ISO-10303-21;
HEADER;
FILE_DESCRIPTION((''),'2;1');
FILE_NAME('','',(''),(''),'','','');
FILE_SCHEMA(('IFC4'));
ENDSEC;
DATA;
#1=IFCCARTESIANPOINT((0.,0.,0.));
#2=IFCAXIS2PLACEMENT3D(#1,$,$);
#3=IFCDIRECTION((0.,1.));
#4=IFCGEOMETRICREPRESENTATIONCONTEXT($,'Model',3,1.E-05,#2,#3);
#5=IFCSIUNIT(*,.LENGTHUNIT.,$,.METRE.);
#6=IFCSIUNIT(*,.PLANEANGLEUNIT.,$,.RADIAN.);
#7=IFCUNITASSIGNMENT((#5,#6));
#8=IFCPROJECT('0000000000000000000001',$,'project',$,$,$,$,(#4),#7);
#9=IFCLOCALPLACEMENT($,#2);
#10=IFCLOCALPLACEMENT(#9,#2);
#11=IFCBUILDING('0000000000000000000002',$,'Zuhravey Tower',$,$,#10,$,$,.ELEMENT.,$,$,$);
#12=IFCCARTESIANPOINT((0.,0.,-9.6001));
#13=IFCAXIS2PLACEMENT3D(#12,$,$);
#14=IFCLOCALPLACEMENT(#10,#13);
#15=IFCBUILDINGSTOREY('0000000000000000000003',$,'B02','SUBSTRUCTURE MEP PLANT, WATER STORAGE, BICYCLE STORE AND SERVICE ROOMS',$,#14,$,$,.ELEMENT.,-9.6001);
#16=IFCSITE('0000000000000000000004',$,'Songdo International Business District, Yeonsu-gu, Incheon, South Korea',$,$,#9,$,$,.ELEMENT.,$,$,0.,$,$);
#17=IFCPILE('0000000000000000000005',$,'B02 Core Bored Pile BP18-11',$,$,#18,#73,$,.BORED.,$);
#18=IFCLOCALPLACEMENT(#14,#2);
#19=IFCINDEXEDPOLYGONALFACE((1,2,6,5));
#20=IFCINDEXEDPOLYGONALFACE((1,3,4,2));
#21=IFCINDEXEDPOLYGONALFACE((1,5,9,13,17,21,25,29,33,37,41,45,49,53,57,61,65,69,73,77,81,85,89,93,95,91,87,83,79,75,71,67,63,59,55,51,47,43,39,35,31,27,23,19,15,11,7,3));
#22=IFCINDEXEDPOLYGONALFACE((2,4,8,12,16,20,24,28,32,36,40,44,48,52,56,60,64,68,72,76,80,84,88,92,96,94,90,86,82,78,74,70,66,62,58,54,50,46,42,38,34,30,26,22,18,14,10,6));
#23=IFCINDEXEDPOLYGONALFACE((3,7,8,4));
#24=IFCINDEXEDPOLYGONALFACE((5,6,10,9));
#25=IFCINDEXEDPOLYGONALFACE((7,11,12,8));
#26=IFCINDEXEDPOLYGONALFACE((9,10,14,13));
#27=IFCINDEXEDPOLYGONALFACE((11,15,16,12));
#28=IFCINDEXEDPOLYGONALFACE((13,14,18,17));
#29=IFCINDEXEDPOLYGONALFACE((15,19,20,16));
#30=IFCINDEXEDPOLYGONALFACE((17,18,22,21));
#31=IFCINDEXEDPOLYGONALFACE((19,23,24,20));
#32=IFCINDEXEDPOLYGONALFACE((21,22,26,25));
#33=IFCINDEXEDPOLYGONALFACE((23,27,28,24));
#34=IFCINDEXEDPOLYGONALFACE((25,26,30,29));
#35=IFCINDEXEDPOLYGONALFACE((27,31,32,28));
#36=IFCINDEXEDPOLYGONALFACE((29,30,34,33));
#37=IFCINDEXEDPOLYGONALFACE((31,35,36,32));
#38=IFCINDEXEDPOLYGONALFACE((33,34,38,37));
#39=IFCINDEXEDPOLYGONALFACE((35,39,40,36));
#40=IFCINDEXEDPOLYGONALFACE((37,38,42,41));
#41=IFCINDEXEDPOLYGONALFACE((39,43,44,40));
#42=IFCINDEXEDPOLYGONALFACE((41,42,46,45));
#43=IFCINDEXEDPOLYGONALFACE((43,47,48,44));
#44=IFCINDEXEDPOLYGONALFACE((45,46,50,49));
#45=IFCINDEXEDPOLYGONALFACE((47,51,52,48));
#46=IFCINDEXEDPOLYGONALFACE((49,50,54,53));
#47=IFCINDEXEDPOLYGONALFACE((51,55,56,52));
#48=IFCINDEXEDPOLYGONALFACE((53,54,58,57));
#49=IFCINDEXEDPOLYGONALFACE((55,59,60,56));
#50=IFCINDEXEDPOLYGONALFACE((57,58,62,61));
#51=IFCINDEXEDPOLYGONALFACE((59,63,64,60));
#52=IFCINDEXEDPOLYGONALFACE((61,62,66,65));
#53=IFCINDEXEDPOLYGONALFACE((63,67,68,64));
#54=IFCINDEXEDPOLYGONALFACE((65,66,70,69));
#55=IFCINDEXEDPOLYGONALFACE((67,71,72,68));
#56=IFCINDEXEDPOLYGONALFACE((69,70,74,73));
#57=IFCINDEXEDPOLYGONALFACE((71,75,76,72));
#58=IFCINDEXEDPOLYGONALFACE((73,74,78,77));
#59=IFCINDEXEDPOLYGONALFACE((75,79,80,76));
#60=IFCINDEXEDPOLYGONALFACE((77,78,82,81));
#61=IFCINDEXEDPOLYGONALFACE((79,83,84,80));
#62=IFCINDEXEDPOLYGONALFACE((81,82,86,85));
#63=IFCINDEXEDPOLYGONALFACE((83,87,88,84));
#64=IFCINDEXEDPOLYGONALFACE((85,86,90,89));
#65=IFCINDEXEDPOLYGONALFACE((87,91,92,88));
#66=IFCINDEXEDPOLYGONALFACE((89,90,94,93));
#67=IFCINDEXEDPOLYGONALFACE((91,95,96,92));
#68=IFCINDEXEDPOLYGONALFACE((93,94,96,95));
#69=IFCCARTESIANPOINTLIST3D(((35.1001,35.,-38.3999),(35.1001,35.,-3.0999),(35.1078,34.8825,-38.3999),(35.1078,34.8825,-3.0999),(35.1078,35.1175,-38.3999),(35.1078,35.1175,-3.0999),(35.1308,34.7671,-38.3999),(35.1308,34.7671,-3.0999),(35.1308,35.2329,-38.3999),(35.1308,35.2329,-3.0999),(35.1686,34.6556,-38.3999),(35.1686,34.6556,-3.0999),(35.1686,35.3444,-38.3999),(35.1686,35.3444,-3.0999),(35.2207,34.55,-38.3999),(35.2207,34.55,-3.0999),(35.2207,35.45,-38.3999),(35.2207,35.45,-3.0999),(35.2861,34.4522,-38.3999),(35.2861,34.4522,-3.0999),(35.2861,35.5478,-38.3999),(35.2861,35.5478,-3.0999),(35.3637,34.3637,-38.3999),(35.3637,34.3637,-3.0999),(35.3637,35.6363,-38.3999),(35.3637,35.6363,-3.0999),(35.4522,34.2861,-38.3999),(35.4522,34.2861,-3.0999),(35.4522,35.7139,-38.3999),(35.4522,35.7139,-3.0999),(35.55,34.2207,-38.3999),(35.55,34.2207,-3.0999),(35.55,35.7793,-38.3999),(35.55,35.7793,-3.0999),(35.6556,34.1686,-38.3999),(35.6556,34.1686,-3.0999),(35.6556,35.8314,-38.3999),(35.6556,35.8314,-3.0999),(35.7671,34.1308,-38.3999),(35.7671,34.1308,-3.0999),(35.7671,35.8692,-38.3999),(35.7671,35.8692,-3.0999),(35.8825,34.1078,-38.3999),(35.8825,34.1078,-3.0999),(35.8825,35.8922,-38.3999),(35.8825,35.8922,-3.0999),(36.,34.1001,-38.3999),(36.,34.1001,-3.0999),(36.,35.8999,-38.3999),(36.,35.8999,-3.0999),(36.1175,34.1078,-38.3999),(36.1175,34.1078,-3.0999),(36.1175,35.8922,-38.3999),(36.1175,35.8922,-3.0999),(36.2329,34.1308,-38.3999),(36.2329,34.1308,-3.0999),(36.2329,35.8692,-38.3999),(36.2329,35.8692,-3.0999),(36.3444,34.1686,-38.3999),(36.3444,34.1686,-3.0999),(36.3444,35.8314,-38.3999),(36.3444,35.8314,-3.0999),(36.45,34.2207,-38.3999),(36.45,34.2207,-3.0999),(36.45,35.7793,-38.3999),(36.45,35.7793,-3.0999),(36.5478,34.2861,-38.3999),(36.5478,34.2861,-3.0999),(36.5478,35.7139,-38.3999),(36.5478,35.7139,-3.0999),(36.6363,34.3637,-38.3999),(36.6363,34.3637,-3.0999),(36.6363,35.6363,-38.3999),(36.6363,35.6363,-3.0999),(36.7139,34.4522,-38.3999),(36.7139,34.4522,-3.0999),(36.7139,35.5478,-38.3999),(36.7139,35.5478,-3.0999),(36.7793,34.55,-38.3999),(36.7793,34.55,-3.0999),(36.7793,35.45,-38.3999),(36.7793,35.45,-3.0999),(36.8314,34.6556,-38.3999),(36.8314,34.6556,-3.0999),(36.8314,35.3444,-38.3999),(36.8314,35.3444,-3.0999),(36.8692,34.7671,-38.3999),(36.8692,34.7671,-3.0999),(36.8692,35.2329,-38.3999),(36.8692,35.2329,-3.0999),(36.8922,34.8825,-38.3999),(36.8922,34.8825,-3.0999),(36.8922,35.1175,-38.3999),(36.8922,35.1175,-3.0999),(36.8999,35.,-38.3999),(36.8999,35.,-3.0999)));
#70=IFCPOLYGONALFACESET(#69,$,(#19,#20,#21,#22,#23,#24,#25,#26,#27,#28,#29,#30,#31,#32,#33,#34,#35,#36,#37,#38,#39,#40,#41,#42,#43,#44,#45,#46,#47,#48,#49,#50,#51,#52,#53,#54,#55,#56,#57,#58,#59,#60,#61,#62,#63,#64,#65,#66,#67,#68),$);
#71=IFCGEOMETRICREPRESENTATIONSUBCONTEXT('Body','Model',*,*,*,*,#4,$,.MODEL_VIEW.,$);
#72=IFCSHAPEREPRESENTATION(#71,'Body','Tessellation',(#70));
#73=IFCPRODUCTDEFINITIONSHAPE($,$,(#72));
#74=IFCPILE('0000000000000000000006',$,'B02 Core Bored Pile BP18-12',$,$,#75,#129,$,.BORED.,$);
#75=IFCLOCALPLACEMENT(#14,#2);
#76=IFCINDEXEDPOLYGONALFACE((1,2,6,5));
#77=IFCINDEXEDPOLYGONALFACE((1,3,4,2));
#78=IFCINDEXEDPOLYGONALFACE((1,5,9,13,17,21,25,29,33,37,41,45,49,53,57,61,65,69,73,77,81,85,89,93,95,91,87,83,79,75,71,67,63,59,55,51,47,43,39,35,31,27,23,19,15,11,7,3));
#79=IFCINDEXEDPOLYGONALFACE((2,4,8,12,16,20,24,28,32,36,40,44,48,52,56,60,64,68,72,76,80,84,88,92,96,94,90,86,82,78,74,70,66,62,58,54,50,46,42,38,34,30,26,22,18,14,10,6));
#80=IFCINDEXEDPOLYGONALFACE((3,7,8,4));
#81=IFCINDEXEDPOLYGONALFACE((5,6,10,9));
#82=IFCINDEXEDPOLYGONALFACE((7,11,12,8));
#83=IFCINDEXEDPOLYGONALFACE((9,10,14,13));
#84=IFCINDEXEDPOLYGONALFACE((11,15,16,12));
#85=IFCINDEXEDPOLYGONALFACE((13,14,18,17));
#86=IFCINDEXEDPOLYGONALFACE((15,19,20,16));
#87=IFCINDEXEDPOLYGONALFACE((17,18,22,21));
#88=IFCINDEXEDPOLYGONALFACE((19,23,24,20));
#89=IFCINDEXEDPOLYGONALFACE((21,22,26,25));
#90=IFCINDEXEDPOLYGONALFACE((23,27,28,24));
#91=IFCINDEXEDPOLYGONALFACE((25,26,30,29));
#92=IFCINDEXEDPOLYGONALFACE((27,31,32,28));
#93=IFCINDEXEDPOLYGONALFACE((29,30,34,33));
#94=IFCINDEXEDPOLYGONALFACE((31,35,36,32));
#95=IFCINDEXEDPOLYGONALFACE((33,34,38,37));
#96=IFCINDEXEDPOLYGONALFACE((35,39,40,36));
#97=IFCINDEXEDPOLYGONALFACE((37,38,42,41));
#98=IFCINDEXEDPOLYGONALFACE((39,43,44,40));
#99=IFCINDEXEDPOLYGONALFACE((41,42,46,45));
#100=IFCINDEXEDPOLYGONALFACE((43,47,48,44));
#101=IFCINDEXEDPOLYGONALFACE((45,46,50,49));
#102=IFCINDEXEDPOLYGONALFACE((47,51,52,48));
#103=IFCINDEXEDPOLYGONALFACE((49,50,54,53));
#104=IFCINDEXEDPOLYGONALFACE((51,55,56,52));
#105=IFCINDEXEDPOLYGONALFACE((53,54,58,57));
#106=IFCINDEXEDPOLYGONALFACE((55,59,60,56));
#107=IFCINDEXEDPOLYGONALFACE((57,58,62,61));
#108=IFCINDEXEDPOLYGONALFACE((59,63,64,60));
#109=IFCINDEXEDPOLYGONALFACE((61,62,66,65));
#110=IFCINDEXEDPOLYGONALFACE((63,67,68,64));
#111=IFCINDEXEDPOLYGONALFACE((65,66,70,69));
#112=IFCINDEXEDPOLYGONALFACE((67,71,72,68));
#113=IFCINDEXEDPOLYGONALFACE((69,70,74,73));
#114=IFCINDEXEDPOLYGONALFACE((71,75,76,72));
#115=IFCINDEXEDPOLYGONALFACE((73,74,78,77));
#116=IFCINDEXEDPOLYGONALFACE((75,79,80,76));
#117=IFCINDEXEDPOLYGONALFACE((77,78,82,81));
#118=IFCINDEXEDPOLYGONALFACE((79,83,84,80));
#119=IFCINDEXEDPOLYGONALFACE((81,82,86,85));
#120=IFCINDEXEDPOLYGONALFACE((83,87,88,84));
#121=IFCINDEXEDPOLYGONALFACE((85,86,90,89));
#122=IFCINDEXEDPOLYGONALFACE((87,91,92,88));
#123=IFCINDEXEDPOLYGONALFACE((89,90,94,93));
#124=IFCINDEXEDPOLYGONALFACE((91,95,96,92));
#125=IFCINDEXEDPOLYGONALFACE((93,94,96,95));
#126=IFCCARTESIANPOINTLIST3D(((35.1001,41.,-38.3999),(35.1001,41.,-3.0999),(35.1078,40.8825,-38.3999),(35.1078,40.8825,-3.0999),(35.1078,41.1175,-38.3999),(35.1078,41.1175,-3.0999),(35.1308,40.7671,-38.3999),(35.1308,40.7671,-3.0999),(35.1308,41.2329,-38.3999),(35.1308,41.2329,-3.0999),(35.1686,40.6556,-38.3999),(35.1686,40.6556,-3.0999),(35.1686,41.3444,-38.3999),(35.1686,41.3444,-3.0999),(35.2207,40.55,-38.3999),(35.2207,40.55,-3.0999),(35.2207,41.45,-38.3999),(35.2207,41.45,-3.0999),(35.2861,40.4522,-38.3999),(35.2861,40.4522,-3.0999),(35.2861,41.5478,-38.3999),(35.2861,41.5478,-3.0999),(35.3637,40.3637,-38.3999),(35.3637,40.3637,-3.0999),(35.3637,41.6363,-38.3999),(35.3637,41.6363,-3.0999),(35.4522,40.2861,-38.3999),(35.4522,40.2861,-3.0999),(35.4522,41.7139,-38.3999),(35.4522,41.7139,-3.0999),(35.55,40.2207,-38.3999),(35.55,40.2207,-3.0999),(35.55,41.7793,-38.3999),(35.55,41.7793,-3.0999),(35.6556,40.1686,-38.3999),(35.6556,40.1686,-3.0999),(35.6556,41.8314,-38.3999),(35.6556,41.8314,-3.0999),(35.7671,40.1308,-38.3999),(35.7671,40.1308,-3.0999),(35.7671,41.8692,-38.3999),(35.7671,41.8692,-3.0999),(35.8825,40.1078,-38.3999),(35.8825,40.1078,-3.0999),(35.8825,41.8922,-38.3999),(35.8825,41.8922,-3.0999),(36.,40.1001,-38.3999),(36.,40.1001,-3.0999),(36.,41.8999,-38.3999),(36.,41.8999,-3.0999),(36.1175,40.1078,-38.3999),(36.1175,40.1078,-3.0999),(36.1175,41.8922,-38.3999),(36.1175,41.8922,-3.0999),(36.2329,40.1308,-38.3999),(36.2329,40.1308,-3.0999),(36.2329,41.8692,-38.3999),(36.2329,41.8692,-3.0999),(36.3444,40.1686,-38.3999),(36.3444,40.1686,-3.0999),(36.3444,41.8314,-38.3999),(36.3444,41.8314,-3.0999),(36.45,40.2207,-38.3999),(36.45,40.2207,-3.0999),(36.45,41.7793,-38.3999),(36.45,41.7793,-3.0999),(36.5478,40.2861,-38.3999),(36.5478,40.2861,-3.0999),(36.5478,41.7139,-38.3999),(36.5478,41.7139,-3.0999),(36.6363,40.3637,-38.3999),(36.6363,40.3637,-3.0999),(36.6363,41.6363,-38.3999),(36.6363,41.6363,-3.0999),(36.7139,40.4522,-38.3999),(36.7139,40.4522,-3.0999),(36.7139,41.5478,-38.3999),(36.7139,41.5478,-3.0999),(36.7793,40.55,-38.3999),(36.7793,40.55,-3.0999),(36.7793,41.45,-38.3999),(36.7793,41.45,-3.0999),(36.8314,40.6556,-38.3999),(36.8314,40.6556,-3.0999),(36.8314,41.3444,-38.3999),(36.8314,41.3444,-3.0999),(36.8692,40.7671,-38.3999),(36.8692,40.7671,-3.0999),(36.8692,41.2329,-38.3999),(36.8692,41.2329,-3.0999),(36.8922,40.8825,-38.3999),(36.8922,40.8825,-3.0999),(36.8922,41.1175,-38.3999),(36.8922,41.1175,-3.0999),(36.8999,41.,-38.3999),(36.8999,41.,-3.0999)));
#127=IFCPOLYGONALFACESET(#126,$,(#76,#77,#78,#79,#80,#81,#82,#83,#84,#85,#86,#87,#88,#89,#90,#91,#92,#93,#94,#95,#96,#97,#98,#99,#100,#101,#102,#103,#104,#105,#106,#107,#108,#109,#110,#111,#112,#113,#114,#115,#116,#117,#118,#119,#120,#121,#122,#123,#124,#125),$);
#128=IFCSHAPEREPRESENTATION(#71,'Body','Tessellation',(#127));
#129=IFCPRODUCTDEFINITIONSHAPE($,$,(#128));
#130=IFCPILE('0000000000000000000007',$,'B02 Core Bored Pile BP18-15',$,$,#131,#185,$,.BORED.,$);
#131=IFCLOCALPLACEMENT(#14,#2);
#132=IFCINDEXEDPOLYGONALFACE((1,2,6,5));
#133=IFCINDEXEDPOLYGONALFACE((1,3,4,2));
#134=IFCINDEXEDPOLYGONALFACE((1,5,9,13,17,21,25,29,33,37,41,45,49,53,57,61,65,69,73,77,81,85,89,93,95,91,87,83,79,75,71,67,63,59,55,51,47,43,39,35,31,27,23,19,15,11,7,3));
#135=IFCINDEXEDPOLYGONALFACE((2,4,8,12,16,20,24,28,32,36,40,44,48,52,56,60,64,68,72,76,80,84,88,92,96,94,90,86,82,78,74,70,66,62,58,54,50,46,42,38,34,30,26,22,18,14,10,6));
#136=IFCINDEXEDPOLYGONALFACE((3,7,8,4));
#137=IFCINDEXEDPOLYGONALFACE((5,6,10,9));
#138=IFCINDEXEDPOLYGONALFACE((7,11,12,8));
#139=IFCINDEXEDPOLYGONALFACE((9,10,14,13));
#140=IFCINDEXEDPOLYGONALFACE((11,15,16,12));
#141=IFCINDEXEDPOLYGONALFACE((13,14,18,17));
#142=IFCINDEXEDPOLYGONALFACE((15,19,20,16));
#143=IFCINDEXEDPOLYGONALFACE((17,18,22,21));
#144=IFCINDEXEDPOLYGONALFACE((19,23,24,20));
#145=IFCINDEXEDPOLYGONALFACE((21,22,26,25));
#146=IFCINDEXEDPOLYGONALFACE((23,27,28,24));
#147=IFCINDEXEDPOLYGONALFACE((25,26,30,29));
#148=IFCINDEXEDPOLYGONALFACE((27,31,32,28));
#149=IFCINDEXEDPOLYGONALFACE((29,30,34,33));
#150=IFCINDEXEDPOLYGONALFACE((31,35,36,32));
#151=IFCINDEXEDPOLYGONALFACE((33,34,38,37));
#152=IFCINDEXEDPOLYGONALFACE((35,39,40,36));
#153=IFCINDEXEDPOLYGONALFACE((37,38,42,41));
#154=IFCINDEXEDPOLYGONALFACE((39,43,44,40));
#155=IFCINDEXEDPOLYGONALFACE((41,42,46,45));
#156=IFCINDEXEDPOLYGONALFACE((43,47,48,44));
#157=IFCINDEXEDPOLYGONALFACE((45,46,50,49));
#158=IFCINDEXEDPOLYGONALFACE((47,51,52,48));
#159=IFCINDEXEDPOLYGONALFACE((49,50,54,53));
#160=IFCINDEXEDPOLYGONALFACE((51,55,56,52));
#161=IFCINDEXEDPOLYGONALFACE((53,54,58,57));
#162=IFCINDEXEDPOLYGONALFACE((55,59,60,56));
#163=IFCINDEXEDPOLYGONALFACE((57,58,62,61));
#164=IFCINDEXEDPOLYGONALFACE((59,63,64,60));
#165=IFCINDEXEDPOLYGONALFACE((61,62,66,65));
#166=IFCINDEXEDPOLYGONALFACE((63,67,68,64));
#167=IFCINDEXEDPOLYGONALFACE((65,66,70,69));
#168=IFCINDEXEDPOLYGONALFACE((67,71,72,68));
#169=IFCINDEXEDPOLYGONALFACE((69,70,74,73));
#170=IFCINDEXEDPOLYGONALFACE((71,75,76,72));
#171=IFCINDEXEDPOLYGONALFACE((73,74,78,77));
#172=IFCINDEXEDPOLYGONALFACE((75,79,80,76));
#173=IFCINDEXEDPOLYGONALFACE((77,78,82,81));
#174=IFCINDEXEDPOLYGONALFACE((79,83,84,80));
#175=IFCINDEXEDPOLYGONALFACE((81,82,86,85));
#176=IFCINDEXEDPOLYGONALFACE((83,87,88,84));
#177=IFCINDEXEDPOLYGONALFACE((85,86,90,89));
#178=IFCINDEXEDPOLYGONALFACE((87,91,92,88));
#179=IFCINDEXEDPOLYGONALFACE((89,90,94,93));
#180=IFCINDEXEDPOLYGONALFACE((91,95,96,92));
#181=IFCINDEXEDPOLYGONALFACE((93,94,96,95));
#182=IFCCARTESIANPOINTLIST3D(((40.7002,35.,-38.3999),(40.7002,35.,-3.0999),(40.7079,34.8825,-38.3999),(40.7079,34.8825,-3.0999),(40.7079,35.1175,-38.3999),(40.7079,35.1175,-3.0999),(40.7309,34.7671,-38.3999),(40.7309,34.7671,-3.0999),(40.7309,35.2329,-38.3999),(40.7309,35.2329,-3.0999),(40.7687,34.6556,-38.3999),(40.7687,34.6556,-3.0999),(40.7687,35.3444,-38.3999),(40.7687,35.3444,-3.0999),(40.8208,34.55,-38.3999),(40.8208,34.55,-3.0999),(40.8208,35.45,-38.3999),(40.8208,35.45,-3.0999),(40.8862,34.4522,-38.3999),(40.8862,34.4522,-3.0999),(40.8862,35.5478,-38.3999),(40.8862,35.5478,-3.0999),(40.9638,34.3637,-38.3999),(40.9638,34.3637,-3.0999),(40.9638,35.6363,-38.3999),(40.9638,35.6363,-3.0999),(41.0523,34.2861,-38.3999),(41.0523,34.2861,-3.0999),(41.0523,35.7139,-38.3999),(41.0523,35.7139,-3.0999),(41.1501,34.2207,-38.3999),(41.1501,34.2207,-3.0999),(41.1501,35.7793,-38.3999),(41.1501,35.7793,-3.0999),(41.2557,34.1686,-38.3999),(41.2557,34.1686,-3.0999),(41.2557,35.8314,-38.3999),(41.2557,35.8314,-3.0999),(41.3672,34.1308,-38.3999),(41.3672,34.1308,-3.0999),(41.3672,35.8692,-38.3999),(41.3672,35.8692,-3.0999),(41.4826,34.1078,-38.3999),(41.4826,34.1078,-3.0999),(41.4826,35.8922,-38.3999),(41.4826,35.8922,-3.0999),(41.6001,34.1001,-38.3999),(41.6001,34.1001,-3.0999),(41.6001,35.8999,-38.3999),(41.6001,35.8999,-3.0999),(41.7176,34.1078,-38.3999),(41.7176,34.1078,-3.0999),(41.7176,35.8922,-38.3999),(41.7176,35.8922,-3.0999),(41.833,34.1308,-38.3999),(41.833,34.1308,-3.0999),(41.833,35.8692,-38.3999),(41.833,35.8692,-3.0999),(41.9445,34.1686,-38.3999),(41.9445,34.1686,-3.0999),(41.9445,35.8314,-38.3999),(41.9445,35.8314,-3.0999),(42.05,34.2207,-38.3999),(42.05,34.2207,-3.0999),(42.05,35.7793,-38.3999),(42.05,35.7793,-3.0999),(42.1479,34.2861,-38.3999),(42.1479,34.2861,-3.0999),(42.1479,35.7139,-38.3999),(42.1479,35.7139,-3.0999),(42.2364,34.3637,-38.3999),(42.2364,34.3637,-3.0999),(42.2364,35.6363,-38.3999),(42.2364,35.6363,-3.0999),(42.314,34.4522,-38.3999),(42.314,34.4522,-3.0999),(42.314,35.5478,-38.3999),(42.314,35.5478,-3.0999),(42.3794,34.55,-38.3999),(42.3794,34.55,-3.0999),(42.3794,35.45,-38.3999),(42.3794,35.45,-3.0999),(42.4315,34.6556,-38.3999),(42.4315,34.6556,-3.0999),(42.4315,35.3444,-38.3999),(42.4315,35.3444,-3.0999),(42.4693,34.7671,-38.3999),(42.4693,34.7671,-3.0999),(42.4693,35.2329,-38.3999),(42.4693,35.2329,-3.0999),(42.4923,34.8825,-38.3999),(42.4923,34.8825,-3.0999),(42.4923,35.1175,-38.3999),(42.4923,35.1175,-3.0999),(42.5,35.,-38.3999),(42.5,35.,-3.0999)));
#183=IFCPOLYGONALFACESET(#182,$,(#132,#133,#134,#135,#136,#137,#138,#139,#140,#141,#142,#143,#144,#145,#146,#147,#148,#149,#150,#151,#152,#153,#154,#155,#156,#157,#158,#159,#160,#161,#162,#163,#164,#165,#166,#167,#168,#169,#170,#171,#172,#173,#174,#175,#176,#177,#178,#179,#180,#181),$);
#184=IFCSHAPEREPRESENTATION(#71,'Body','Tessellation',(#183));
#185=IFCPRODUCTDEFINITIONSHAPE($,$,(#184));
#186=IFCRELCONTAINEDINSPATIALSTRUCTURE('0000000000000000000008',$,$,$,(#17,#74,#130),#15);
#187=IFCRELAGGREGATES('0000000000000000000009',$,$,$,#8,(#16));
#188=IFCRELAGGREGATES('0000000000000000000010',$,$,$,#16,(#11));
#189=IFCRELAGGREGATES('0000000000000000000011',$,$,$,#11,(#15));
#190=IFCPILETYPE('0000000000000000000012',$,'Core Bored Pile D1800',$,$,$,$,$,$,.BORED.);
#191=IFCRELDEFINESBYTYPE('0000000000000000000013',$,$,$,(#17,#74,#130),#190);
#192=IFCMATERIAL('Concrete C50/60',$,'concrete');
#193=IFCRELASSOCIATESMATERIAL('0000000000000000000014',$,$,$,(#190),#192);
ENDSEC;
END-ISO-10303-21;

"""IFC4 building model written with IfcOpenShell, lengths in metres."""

from ifc_helpers import new_model, si_unit, direction, frame, origin, origin_2d, place, context, subcontext, project, spatial, circle, extrude, material, material_profile, profile_set, type_object, element, save


model = new_model("IFC4")

# Units and contexts
model_context = context("Model", 3, precision=1e-05, world=origin(), true_north=direction((0.0, 1.0)))
body_context = subcontext(model_context, "Body", "Model", "MODEL_VIEW")
ifc_project = project(units=[si_unit("LENGTHUNIT", "METRE"), si_unit("PLANEANGLEUNIT", "RADIAN")], contexts=[model_context])

# Site, building, storey
site_placement = place(None, origin())
site = spatial("IfcSite", under=ifc_project, at=site_placement, Name="Songdo International Business District, Yeonsu-gu, Incheon, South Korea", CompositionType="ELEMENT", RefElevation=0.0)
building_placement = place(site_placement, origin())
building = spatial("IfcBuilding", under=site, at=building_placement, Name="Zuhravey Tower", CompositionType="ELEMENT")
storey_placement = place(building_placement, frame((0.0, 0.0, -9.6001)))
storey = spatial("IfcBuildingStorey", under=building, at=storey_placement, Name="B02", Description="SUBSTRUCTURE MEP PLANT, WATER STORAGE, BICYCLE STORE AND SERVICE ROOMS", CompositionType="ELEMENT", Elevation=-9.6001)

# Piles
ifc_material_1 = material(Name="Concrete C50/60", Category="concrete")
ifc_material_profile_1 = material_profile(ifc_material_1, circle(Radius=0.8999, at=origin_2d()), Name="PILE-D1800")
ifc_profile_set_1 = profile_set([ifc_material_profile_1], Name="Concrete C50/60")
pile_type_1 = type_object("IfcPileType", Name="Core Bored Pile D1800", PredefinedType="BORED", material=ifc_profile_set_1)
for number, where, z_axis, x_axis, name in (
    (1, (36.0, 35.0, -3.0999), (0.0, 0.0, -1.0), (1.0, 0.0, 0.0), "B02 Core Bored Pile BP18-11"),
    (2, (36.0, 41.0, -3.0999), (0.0, 0.0, -1.0), (1.0, 0.0, 0.0), "B02 Core Bored Pile BP18-12"),
    (3, (41.6001, 35.0, -3.0999), (0.0, 0.0, -1.0), (1.0, 0.0, 0.0), "B02 Core Bored Pile BP18-15"),
):
    element("IfcPile", number, at=place(storey_placement, frame(where, z_axis=z_axis, x_axis=x_axis)), inside=storey, type_object=pile_type_1, Name=name, PredefinedType="BORED", context=body_context, shape_type="SweptSolid", body=[
        extrude(circle(Radius=0.8999, at=origin_2d()), origin(), (0.0, 0.0, 1.0), 35.3),
    ])

save(model, "model.ifc")
